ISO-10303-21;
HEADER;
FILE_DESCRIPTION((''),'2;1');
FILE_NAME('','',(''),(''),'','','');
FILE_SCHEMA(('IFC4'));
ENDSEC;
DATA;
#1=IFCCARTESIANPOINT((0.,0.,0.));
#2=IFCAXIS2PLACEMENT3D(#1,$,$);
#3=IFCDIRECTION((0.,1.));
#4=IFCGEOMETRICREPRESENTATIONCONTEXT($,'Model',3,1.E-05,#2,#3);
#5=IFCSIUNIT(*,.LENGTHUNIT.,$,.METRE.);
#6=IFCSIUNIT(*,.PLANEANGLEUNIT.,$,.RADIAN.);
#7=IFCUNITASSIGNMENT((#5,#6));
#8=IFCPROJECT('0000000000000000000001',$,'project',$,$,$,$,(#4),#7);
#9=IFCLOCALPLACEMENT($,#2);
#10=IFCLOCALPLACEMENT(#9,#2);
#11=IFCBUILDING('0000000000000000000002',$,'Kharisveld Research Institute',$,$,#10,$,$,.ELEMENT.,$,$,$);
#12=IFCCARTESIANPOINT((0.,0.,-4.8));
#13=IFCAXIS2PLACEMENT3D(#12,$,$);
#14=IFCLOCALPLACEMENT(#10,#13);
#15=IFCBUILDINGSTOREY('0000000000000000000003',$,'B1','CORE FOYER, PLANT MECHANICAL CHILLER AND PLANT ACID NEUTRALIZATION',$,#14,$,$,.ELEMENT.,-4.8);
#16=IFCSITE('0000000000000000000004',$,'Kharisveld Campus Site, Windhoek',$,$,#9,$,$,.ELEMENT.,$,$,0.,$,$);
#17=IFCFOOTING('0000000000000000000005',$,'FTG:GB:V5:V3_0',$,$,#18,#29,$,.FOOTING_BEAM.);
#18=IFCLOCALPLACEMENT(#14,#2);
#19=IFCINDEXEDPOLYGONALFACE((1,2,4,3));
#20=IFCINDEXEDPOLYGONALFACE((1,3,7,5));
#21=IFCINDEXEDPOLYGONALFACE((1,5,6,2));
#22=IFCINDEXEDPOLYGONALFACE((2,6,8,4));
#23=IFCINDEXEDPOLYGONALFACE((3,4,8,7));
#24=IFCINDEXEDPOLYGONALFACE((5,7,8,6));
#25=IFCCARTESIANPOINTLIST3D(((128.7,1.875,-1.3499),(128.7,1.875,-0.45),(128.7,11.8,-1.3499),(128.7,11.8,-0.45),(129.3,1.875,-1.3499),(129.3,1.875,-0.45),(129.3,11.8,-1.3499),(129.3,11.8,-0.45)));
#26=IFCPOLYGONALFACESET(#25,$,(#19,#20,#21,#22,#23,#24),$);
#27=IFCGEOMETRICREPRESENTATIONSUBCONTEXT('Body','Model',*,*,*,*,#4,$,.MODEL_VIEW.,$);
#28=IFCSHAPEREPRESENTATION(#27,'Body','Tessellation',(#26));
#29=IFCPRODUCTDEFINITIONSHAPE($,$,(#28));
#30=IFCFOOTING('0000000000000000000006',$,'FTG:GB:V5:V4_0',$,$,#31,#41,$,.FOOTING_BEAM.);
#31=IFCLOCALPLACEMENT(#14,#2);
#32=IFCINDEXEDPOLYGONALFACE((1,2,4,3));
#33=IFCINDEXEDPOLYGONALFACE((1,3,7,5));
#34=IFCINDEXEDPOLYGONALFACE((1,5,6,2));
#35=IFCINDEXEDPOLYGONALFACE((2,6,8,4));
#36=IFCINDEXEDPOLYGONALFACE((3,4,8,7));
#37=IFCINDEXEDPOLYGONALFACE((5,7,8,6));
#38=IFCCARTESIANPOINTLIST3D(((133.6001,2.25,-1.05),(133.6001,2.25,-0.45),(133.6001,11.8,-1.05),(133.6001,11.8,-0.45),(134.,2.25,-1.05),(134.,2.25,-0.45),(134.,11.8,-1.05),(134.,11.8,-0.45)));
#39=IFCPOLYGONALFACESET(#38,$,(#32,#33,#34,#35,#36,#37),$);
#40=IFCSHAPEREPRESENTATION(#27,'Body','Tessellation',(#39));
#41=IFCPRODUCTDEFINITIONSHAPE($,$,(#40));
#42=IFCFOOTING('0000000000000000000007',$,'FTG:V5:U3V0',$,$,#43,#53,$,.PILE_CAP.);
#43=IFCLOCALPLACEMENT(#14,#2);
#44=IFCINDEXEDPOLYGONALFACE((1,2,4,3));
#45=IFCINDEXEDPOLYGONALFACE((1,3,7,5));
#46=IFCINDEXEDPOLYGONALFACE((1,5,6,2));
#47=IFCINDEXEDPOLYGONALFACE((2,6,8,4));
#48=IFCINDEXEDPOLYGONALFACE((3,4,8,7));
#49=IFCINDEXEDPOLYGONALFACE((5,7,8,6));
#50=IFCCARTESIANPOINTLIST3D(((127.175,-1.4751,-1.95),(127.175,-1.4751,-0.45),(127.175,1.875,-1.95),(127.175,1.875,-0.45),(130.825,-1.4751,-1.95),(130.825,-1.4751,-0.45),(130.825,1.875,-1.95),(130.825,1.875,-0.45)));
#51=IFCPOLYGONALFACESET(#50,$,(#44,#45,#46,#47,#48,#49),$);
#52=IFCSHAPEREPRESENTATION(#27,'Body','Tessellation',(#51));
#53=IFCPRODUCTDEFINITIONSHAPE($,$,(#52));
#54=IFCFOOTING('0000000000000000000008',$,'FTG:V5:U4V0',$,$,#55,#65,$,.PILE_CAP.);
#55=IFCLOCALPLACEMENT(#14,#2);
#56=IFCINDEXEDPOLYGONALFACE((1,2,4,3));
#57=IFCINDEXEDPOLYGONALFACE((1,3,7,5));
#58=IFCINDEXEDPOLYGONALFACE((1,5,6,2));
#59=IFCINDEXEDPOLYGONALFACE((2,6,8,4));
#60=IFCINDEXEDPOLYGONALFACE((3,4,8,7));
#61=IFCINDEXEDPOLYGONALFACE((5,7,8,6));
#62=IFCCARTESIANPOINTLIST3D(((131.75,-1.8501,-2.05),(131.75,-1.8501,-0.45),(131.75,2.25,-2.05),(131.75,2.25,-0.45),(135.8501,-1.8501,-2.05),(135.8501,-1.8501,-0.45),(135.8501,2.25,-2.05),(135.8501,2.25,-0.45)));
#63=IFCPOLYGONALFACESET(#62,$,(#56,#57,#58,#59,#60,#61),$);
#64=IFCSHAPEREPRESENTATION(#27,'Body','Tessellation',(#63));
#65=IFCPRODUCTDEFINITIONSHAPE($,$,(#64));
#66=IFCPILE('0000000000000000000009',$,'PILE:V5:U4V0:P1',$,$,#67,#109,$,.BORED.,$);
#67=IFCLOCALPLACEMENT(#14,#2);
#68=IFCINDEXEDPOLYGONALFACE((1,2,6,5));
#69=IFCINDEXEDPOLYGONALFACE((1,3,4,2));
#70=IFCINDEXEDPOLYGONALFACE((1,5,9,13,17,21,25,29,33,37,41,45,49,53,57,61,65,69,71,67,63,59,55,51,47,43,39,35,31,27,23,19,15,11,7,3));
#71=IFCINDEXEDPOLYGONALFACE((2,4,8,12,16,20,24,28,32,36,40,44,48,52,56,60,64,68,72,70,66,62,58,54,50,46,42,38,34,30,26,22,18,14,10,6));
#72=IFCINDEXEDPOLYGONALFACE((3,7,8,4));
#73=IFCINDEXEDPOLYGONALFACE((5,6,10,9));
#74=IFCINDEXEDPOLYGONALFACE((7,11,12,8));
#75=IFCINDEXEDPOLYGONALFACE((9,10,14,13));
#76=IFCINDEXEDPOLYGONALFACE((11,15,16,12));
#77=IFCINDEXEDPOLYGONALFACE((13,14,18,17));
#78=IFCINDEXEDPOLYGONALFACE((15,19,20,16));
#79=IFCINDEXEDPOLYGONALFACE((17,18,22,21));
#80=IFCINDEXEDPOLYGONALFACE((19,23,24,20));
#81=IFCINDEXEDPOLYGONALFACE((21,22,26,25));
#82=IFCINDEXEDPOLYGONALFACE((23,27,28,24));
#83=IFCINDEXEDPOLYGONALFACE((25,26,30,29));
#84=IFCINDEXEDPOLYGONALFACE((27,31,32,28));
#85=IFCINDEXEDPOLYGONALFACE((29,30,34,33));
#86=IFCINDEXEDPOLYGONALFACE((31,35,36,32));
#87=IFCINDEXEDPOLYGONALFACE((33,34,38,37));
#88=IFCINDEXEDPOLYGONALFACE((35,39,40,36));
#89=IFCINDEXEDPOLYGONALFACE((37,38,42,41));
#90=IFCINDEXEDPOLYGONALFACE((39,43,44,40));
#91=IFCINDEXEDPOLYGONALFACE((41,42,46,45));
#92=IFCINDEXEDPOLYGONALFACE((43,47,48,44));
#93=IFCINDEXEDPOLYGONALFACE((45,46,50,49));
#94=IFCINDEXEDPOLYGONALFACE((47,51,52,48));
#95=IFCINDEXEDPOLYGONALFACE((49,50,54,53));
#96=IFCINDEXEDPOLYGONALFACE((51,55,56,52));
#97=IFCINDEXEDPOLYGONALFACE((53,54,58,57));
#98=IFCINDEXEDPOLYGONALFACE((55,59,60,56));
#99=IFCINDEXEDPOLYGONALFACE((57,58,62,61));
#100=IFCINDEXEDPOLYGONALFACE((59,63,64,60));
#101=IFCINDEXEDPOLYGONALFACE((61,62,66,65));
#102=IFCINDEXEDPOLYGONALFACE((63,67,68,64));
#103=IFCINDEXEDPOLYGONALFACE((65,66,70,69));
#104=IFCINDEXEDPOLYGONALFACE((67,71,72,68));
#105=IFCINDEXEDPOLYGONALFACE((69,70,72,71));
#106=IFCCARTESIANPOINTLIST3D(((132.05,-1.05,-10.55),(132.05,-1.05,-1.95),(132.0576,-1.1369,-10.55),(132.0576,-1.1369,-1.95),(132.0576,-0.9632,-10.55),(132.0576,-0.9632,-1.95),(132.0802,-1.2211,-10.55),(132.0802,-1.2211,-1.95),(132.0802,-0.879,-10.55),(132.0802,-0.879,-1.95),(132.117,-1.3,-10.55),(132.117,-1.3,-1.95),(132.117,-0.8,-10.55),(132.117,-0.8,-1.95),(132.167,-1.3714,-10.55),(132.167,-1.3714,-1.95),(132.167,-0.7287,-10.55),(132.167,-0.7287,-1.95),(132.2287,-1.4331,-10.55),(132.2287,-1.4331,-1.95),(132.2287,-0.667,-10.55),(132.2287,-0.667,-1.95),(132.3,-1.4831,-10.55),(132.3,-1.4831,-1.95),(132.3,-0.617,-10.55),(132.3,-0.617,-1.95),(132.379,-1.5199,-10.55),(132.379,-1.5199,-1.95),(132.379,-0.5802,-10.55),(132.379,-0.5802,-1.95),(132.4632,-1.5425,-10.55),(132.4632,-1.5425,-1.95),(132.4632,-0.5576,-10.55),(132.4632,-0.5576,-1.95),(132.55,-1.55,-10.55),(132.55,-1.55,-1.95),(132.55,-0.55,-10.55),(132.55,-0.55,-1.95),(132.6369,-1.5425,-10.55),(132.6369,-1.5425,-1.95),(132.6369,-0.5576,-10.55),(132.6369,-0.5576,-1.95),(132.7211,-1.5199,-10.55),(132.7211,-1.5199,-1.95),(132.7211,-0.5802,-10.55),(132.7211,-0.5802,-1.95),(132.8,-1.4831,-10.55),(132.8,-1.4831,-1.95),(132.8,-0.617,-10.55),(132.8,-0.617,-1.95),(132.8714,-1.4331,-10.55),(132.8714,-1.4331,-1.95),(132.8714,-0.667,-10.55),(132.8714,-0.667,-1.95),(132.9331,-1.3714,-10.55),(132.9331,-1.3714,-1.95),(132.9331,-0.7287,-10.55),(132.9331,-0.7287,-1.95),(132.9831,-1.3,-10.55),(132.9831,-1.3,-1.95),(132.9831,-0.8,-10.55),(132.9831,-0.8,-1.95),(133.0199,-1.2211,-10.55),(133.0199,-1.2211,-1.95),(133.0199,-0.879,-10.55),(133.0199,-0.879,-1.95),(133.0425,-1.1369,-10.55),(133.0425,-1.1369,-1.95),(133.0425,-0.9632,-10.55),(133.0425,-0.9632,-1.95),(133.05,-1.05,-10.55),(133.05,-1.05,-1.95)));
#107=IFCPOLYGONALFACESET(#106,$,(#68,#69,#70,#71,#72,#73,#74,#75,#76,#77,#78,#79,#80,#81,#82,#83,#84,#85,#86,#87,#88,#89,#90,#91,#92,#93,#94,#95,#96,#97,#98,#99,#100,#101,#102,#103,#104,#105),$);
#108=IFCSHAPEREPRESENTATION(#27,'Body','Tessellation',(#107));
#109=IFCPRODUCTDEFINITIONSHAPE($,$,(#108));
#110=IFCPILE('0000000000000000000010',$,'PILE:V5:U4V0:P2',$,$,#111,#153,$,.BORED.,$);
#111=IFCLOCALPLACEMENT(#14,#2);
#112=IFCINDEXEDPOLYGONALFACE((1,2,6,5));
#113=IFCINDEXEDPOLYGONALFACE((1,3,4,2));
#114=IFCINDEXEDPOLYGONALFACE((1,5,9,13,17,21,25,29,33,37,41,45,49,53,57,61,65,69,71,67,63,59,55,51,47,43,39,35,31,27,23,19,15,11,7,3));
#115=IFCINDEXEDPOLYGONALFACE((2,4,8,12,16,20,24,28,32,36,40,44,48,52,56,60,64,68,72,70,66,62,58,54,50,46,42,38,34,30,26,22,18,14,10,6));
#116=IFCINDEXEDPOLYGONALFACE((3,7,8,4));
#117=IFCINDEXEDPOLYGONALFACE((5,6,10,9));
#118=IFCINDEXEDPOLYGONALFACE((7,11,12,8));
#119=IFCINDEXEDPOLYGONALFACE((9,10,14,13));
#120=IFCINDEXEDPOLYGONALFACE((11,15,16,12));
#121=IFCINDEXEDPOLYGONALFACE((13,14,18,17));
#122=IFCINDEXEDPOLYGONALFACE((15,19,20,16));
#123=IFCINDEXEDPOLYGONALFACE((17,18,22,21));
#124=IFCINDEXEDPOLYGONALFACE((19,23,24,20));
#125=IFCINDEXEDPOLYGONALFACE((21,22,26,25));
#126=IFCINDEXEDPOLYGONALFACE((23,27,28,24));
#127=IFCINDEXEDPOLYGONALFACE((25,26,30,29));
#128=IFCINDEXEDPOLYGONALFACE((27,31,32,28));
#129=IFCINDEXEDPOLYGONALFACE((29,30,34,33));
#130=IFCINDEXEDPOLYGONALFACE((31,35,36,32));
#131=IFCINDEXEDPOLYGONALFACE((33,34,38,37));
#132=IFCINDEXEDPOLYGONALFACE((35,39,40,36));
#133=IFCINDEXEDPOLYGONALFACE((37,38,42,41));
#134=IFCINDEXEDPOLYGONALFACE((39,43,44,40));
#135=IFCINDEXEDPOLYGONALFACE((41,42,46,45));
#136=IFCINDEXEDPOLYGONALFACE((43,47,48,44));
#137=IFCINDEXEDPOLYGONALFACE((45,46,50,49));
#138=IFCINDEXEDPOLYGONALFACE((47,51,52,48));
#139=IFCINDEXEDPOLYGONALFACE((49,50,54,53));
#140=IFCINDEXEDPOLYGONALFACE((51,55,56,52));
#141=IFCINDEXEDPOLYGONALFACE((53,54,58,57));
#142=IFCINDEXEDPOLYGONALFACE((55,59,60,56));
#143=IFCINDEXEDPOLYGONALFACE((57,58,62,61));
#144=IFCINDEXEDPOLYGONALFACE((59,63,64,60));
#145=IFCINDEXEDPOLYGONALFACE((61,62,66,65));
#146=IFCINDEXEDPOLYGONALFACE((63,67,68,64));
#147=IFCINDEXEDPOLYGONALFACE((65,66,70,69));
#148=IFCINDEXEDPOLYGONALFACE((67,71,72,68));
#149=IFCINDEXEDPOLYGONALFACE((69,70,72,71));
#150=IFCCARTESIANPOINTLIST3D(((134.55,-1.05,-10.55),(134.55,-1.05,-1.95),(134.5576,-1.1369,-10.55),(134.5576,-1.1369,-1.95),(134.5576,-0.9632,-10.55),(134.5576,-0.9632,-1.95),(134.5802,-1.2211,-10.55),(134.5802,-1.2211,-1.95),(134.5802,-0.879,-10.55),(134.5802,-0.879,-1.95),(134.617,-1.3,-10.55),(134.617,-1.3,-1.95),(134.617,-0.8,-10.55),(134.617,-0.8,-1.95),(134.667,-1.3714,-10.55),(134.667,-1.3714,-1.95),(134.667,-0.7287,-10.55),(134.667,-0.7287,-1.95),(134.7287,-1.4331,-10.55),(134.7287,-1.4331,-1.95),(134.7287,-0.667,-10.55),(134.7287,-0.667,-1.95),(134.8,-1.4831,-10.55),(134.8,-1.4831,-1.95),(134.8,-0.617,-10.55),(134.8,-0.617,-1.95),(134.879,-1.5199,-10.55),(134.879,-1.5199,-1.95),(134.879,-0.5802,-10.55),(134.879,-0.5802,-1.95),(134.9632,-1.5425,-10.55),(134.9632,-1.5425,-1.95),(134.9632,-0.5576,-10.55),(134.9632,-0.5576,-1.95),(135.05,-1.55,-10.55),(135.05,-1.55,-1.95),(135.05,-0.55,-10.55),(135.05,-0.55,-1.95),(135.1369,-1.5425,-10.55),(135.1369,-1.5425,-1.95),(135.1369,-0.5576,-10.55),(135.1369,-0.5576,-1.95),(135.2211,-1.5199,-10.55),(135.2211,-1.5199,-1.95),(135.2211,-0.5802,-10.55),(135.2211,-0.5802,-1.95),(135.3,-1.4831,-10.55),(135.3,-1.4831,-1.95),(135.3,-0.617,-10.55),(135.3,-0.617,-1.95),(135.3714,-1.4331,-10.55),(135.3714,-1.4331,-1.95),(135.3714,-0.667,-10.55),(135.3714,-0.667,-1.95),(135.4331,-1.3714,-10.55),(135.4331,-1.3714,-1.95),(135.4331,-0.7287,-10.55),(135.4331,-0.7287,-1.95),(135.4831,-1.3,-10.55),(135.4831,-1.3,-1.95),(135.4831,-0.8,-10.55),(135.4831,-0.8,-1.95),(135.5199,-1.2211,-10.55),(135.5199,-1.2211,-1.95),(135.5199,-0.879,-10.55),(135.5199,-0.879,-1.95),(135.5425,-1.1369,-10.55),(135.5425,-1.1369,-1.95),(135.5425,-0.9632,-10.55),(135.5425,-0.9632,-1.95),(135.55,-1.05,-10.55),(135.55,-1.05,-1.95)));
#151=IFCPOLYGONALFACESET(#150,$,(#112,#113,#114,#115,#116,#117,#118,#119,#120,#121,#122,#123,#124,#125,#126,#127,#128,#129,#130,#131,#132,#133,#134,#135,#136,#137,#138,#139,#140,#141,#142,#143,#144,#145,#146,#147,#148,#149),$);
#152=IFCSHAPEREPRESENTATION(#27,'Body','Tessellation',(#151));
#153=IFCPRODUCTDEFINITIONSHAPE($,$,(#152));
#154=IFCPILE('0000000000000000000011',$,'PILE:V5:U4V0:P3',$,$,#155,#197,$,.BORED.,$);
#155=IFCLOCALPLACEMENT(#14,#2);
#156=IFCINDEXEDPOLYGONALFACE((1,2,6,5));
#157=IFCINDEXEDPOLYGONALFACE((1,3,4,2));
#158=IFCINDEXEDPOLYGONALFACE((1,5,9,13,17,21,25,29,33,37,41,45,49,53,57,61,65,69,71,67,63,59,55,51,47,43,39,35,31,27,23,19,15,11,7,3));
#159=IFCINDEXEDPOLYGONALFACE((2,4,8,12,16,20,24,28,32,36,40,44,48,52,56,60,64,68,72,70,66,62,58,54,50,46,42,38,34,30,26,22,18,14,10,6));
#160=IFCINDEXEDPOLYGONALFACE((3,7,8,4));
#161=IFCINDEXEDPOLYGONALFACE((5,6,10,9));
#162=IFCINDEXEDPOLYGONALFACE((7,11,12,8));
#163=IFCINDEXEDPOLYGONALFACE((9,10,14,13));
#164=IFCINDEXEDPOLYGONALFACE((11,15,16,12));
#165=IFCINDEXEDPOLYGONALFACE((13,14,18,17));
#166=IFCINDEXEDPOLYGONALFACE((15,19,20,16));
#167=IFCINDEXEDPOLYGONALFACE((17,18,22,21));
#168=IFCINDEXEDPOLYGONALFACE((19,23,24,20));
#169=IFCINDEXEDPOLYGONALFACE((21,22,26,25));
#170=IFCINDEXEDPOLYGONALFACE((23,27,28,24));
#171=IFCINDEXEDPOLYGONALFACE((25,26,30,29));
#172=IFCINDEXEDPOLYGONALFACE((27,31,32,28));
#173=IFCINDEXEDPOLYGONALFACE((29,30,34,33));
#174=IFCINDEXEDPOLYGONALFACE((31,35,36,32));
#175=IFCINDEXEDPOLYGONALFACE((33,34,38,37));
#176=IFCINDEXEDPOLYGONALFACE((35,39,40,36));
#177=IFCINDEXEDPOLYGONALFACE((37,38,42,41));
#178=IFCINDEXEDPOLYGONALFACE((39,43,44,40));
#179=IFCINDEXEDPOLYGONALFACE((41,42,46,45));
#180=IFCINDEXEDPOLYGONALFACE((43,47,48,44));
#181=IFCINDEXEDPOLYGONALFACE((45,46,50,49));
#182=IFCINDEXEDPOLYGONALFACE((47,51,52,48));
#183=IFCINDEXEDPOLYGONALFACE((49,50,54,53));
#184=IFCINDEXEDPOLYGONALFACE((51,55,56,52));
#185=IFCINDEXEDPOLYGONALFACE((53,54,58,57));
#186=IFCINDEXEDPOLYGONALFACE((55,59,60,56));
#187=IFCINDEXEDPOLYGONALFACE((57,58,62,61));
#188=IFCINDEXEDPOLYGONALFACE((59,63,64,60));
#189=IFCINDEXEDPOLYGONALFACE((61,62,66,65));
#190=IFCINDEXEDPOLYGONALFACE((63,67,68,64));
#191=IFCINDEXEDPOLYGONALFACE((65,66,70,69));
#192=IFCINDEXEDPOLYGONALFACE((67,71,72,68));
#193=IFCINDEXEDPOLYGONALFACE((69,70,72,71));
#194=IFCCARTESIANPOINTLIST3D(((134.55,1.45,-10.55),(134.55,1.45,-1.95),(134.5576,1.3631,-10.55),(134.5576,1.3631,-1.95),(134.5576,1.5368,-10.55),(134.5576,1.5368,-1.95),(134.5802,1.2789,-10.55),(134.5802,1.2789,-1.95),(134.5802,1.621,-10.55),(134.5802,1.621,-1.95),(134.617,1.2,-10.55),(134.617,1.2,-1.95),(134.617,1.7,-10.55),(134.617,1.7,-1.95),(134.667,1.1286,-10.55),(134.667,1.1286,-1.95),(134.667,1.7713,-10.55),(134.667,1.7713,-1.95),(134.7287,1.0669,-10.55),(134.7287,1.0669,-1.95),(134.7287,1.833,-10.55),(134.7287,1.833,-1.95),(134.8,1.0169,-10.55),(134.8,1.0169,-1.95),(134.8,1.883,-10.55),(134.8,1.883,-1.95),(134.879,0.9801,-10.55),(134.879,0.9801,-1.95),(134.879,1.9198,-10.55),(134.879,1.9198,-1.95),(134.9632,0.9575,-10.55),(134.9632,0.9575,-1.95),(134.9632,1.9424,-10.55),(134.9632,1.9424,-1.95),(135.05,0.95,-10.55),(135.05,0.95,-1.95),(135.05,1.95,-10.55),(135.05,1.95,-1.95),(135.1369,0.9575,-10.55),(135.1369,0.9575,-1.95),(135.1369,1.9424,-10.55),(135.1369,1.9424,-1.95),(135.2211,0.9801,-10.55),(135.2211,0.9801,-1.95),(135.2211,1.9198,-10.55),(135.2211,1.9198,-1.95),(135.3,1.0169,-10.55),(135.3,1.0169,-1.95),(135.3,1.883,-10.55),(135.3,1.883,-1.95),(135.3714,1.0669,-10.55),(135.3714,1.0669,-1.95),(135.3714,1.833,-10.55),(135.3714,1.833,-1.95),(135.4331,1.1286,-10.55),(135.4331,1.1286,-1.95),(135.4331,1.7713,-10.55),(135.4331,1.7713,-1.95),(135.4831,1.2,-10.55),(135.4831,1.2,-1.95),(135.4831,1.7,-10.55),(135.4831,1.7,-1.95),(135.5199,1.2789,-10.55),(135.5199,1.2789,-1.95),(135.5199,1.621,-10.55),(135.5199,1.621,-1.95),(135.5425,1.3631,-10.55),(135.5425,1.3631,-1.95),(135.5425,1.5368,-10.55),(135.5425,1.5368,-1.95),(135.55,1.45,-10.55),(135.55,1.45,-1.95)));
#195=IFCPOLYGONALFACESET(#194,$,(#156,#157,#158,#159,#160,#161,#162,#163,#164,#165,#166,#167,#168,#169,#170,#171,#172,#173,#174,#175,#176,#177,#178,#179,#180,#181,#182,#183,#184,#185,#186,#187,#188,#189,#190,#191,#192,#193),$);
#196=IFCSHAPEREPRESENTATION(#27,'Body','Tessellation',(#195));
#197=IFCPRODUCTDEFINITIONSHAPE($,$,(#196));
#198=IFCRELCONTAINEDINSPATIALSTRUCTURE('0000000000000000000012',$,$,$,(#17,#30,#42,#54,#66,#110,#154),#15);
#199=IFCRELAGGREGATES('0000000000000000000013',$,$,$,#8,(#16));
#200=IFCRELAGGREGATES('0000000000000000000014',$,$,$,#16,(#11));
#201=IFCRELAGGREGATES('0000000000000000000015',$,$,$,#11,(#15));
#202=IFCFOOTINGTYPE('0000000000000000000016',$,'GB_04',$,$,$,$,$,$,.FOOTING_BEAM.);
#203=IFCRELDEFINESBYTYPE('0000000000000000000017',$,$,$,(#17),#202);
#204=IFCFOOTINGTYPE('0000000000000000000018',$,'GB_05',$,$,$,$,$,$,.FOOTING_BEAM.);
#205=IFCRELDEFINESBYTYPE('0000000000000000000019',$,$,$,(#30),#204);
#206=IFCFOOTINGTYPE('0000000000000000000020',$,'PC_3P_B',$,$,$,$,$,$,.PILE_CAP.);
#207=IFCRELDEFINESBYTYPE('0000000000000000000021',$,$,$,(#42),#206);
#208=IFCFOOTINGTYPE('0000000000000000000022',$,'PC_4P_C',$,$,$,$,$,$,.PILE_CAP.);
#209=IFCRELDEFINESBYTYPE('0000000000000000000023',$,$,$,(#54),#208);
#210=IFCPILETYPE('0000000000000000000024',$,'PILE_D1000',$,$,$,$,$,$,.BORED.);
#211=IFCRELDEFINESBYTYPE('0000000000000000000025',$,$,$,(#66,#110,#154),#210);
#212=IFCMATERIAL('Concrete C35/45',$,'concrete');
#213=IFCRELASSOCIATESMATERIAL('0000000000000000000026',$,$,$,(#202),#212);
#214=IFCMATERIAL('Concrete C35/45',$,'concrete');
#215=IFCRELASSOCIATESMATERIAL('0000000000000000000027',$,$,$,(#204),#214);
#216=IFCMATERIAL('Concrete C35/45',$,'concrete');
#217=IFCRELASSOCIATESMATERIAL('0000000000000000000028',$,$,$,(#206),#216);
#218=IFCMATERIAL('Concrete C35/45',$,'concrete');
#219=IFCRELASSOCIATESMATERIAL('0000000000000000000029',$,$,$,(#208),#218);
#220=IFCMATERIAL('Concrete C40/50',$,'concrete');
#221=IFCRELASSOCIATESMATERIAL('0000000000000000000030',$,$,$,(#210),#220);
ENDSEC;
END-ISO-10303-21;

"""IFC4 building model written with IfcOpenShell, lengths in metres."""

from ifc_helpers import new_model, si_unit, direction, frame, origin, origin_2d, place, context, subcontext, project, spatial, rectangle, circle, extrude, material, material_profile, profile_set, type_object, element, save


model = new_model("IFC4")

# Units and contexts
model_context = context("Model", 3, precision=1e-05, world=origin(), true_north=direction((0.0, 1.0)))
body_context = subcontext(model_context, "Body", "Model", "MODEL_VIEW")
ifc_project = project(units=[si_unit("LENGTHUNIT", "METRE"), si_unit("PLANEANGLEUNIT", "RADIAN")], contexts=[model_context])

# Site, building, storey
site_placement = place(None, origin())
site = spatial("IfcSite", under=ifc_project, at=site_placement, Name="Kharisveld Campus Site, Windhoek", CompositionType="ELEMENT", RefElevation=0.0)
building_placement = place(site_placement, origin())
building = spatial("IfcBuilding", under=site, at=building_placement, Name="Kharisveld Research Institute", CompositionType="ELEMENT")
storey_placement = place(building_placement, frame((0.0, 0.0, -4.8)))
storey = spatial("IfcBuildingStorey", under=building, at=storey_placement, Name="B1", Description="CORE FOYER, PLANT MECHANICAL CHILLER AND PLANT ACID NEUTRALIZATION", CompositionType="ELEMENT", Elevation=-4.8)

# Footings
ifc_material_1 = material(Name="Concrete C35/45", Category="concrete")
ifc_material_profile_1 = material_profile(ifc_material_1, rectangle(XDim=0.6001, YDim=0.8999, at=origin_2d()))
ifc_profile_set_1 = profile_set([ifc_material_profile_1], Name="Concrete C35/45")
footing_type_1 = type_object("IfcFootingType", Name="GB_04", PredefinedType="FOOTING_BEAM", material=ifc_profile_set_1)
footing_1_placement = place(storey_placement, frame((129.0, 1.875, -0.8999), z_axis=(0.0, 1.0, 0.0), x_axis=(-1.0, 0.0, 0.0)))
element("IfcFooting", 1, at=footing_1_placement, inside=storey, type_object=footing_type_1, Name="FTG:GB:V5:V3_0", PredefinedType="FOOTING_BEAM", context=body_context, shape_type="SweptSolid", body=[
    extrude(rectangle(XDim=0.6001, YDim=0.8999, at=origin_2d()), origin(), (0.0, 0.0, 1.0), 9.925),
])
ifc_material_2 = material(Name="Concrete C35/45", Category="concrete")
ifc_material_profile_2 = material_profile(ifc_material_2, rectangle(XDim=0.3999, YDim=0.6001, at=origin_2d()))
ifc_profile_set_2 = profile_set([ifc_material_profile_2], Name="Concrete C35/45")
footing_type_2 = type_object("IfcFootingType", Name="GB_05", PredefinedType="FOOTING_BEAM", material=ifc_profile_set_2)
footing_2_placement = place(storey_placement, frame((133.8, 2.25, -0.75), z_axis=(0.0, 1.0, 0.0), x_axis=(-1.0, 0.0, 0.0)))
element("IfcFooting", 2, at=footing_2_placement, inside=storey, type_object=footing_type_2, Name="FTG:GB:V5:V4_0", PredefinedType="FOOTING_BEAM", context=body_context, shape_type="SweptSolid", body=[
    extrude(rectangle(XDim=0.3999, YDim=0.6001, at=origin_2d()), origin(), (0.0, 0.0, 1.0), 9.55),
])
ifc_material_3 = material(Name="Concrete C35/45", Category="concrete")
footing_type_3 = type_object("IfcFootingType", Name="PC_3P_B", PredefinedType="PILE_CAP", material=ifc_material_3)
footing_3_placement = place(storey_placement, frame((129.0, 0.2, -1.95), z_axis=(0.0, 0.0, 1.0), x_axis=(1.0, 0.0, 0.0)))
element("IfcFooting", 3, at=footing_3_placement, inside=storey, type_object=footing_type_3, Name="FTG:V5:U3V0", PredefinedType="PILE_CAP", context=body_context, shape_type="SweptSolid", body=[
    extrude(rectangle(XDim=3.6499, YDim=3.3501, at=origin_2d()), origin(), (0.0, 0.0, 1.0), 1.5),
])
ifc_material_4 = material(Name="Concrete C35/45", Category="concrete")
footing_type_4 = type_object("IfcFootingType", Name="PC_4P_C", PredefinedType="PILE_CAP", material=ifc_material_4)
footing_4_placement = place(storey_placement, frame((133.8, 0.2, -2.05), z_axis=(0.0, 0.0, 1.0), x_axis=(1.0, 0.0, 0.0)))
element("IfcFooting", 4, at=footing_4_placement, inside=storey, type_object=footing_type_4, Name="FTG:V5:U4V0", PredefinedType="PILE_CAP", context=body_context, shape_type="SweptSolid", body=[
    extrude(rectangle(XDim=4.1001, YDim=4.1001, at=origin_2d()), origin(), (0.0, 0.0, 1.0), 1.6001),
])

# Piles
ifc_material_5 = material(Name="Concrete C40/50", Category="concrete")
ifc_material_profile_3 = material_profile(ifc_material_5, circle(Radius=0.5, at=origin_2d()))
ifc_profile_set_3 = profile_set([ifc_material_profile_3], Name="Concrete C40/50")
pile_type_1 = type_object("IfcPileType", Name="PILE_D1000", PredefinedType="BORED", material=ifc_profile_set_3)
for number, where, z_axis, x_axis, name in (
    (5, (132.55, -1.05, -1.95), (0.0, 0.0, -1.0), (1.0, 0.0, 0.0), "PILE:V5:U4V0:P1"),
    (6, (135.05, -1.05, -1.95), (0.0, 0.0, -1.0), (1.0, 0.0, 0.0), "PILE:V5:U4V0:P2"),
    (7, (135.05, 1.45, -1.95), (0.0, 0.0, -1.0), (1.0, 0.0, 0.0), "PILE:V5:U4V0:P3"),
):
    element("IfcPile", number, at=place(storey_placement, frame(where, z_axis=z_axis, x_axis=x_axis)), inside=storey, type_object=pile_type_1, Name=name, PredefinedType="BORED", context=body_context, shape_type="SweptSolid", body=[
        extrude(circle(Radius=0.5, at=origin_2d()), origin(), (0.0, 0.0, 1.0), 8.6001),
    ])

save(model, "model.ifc")
